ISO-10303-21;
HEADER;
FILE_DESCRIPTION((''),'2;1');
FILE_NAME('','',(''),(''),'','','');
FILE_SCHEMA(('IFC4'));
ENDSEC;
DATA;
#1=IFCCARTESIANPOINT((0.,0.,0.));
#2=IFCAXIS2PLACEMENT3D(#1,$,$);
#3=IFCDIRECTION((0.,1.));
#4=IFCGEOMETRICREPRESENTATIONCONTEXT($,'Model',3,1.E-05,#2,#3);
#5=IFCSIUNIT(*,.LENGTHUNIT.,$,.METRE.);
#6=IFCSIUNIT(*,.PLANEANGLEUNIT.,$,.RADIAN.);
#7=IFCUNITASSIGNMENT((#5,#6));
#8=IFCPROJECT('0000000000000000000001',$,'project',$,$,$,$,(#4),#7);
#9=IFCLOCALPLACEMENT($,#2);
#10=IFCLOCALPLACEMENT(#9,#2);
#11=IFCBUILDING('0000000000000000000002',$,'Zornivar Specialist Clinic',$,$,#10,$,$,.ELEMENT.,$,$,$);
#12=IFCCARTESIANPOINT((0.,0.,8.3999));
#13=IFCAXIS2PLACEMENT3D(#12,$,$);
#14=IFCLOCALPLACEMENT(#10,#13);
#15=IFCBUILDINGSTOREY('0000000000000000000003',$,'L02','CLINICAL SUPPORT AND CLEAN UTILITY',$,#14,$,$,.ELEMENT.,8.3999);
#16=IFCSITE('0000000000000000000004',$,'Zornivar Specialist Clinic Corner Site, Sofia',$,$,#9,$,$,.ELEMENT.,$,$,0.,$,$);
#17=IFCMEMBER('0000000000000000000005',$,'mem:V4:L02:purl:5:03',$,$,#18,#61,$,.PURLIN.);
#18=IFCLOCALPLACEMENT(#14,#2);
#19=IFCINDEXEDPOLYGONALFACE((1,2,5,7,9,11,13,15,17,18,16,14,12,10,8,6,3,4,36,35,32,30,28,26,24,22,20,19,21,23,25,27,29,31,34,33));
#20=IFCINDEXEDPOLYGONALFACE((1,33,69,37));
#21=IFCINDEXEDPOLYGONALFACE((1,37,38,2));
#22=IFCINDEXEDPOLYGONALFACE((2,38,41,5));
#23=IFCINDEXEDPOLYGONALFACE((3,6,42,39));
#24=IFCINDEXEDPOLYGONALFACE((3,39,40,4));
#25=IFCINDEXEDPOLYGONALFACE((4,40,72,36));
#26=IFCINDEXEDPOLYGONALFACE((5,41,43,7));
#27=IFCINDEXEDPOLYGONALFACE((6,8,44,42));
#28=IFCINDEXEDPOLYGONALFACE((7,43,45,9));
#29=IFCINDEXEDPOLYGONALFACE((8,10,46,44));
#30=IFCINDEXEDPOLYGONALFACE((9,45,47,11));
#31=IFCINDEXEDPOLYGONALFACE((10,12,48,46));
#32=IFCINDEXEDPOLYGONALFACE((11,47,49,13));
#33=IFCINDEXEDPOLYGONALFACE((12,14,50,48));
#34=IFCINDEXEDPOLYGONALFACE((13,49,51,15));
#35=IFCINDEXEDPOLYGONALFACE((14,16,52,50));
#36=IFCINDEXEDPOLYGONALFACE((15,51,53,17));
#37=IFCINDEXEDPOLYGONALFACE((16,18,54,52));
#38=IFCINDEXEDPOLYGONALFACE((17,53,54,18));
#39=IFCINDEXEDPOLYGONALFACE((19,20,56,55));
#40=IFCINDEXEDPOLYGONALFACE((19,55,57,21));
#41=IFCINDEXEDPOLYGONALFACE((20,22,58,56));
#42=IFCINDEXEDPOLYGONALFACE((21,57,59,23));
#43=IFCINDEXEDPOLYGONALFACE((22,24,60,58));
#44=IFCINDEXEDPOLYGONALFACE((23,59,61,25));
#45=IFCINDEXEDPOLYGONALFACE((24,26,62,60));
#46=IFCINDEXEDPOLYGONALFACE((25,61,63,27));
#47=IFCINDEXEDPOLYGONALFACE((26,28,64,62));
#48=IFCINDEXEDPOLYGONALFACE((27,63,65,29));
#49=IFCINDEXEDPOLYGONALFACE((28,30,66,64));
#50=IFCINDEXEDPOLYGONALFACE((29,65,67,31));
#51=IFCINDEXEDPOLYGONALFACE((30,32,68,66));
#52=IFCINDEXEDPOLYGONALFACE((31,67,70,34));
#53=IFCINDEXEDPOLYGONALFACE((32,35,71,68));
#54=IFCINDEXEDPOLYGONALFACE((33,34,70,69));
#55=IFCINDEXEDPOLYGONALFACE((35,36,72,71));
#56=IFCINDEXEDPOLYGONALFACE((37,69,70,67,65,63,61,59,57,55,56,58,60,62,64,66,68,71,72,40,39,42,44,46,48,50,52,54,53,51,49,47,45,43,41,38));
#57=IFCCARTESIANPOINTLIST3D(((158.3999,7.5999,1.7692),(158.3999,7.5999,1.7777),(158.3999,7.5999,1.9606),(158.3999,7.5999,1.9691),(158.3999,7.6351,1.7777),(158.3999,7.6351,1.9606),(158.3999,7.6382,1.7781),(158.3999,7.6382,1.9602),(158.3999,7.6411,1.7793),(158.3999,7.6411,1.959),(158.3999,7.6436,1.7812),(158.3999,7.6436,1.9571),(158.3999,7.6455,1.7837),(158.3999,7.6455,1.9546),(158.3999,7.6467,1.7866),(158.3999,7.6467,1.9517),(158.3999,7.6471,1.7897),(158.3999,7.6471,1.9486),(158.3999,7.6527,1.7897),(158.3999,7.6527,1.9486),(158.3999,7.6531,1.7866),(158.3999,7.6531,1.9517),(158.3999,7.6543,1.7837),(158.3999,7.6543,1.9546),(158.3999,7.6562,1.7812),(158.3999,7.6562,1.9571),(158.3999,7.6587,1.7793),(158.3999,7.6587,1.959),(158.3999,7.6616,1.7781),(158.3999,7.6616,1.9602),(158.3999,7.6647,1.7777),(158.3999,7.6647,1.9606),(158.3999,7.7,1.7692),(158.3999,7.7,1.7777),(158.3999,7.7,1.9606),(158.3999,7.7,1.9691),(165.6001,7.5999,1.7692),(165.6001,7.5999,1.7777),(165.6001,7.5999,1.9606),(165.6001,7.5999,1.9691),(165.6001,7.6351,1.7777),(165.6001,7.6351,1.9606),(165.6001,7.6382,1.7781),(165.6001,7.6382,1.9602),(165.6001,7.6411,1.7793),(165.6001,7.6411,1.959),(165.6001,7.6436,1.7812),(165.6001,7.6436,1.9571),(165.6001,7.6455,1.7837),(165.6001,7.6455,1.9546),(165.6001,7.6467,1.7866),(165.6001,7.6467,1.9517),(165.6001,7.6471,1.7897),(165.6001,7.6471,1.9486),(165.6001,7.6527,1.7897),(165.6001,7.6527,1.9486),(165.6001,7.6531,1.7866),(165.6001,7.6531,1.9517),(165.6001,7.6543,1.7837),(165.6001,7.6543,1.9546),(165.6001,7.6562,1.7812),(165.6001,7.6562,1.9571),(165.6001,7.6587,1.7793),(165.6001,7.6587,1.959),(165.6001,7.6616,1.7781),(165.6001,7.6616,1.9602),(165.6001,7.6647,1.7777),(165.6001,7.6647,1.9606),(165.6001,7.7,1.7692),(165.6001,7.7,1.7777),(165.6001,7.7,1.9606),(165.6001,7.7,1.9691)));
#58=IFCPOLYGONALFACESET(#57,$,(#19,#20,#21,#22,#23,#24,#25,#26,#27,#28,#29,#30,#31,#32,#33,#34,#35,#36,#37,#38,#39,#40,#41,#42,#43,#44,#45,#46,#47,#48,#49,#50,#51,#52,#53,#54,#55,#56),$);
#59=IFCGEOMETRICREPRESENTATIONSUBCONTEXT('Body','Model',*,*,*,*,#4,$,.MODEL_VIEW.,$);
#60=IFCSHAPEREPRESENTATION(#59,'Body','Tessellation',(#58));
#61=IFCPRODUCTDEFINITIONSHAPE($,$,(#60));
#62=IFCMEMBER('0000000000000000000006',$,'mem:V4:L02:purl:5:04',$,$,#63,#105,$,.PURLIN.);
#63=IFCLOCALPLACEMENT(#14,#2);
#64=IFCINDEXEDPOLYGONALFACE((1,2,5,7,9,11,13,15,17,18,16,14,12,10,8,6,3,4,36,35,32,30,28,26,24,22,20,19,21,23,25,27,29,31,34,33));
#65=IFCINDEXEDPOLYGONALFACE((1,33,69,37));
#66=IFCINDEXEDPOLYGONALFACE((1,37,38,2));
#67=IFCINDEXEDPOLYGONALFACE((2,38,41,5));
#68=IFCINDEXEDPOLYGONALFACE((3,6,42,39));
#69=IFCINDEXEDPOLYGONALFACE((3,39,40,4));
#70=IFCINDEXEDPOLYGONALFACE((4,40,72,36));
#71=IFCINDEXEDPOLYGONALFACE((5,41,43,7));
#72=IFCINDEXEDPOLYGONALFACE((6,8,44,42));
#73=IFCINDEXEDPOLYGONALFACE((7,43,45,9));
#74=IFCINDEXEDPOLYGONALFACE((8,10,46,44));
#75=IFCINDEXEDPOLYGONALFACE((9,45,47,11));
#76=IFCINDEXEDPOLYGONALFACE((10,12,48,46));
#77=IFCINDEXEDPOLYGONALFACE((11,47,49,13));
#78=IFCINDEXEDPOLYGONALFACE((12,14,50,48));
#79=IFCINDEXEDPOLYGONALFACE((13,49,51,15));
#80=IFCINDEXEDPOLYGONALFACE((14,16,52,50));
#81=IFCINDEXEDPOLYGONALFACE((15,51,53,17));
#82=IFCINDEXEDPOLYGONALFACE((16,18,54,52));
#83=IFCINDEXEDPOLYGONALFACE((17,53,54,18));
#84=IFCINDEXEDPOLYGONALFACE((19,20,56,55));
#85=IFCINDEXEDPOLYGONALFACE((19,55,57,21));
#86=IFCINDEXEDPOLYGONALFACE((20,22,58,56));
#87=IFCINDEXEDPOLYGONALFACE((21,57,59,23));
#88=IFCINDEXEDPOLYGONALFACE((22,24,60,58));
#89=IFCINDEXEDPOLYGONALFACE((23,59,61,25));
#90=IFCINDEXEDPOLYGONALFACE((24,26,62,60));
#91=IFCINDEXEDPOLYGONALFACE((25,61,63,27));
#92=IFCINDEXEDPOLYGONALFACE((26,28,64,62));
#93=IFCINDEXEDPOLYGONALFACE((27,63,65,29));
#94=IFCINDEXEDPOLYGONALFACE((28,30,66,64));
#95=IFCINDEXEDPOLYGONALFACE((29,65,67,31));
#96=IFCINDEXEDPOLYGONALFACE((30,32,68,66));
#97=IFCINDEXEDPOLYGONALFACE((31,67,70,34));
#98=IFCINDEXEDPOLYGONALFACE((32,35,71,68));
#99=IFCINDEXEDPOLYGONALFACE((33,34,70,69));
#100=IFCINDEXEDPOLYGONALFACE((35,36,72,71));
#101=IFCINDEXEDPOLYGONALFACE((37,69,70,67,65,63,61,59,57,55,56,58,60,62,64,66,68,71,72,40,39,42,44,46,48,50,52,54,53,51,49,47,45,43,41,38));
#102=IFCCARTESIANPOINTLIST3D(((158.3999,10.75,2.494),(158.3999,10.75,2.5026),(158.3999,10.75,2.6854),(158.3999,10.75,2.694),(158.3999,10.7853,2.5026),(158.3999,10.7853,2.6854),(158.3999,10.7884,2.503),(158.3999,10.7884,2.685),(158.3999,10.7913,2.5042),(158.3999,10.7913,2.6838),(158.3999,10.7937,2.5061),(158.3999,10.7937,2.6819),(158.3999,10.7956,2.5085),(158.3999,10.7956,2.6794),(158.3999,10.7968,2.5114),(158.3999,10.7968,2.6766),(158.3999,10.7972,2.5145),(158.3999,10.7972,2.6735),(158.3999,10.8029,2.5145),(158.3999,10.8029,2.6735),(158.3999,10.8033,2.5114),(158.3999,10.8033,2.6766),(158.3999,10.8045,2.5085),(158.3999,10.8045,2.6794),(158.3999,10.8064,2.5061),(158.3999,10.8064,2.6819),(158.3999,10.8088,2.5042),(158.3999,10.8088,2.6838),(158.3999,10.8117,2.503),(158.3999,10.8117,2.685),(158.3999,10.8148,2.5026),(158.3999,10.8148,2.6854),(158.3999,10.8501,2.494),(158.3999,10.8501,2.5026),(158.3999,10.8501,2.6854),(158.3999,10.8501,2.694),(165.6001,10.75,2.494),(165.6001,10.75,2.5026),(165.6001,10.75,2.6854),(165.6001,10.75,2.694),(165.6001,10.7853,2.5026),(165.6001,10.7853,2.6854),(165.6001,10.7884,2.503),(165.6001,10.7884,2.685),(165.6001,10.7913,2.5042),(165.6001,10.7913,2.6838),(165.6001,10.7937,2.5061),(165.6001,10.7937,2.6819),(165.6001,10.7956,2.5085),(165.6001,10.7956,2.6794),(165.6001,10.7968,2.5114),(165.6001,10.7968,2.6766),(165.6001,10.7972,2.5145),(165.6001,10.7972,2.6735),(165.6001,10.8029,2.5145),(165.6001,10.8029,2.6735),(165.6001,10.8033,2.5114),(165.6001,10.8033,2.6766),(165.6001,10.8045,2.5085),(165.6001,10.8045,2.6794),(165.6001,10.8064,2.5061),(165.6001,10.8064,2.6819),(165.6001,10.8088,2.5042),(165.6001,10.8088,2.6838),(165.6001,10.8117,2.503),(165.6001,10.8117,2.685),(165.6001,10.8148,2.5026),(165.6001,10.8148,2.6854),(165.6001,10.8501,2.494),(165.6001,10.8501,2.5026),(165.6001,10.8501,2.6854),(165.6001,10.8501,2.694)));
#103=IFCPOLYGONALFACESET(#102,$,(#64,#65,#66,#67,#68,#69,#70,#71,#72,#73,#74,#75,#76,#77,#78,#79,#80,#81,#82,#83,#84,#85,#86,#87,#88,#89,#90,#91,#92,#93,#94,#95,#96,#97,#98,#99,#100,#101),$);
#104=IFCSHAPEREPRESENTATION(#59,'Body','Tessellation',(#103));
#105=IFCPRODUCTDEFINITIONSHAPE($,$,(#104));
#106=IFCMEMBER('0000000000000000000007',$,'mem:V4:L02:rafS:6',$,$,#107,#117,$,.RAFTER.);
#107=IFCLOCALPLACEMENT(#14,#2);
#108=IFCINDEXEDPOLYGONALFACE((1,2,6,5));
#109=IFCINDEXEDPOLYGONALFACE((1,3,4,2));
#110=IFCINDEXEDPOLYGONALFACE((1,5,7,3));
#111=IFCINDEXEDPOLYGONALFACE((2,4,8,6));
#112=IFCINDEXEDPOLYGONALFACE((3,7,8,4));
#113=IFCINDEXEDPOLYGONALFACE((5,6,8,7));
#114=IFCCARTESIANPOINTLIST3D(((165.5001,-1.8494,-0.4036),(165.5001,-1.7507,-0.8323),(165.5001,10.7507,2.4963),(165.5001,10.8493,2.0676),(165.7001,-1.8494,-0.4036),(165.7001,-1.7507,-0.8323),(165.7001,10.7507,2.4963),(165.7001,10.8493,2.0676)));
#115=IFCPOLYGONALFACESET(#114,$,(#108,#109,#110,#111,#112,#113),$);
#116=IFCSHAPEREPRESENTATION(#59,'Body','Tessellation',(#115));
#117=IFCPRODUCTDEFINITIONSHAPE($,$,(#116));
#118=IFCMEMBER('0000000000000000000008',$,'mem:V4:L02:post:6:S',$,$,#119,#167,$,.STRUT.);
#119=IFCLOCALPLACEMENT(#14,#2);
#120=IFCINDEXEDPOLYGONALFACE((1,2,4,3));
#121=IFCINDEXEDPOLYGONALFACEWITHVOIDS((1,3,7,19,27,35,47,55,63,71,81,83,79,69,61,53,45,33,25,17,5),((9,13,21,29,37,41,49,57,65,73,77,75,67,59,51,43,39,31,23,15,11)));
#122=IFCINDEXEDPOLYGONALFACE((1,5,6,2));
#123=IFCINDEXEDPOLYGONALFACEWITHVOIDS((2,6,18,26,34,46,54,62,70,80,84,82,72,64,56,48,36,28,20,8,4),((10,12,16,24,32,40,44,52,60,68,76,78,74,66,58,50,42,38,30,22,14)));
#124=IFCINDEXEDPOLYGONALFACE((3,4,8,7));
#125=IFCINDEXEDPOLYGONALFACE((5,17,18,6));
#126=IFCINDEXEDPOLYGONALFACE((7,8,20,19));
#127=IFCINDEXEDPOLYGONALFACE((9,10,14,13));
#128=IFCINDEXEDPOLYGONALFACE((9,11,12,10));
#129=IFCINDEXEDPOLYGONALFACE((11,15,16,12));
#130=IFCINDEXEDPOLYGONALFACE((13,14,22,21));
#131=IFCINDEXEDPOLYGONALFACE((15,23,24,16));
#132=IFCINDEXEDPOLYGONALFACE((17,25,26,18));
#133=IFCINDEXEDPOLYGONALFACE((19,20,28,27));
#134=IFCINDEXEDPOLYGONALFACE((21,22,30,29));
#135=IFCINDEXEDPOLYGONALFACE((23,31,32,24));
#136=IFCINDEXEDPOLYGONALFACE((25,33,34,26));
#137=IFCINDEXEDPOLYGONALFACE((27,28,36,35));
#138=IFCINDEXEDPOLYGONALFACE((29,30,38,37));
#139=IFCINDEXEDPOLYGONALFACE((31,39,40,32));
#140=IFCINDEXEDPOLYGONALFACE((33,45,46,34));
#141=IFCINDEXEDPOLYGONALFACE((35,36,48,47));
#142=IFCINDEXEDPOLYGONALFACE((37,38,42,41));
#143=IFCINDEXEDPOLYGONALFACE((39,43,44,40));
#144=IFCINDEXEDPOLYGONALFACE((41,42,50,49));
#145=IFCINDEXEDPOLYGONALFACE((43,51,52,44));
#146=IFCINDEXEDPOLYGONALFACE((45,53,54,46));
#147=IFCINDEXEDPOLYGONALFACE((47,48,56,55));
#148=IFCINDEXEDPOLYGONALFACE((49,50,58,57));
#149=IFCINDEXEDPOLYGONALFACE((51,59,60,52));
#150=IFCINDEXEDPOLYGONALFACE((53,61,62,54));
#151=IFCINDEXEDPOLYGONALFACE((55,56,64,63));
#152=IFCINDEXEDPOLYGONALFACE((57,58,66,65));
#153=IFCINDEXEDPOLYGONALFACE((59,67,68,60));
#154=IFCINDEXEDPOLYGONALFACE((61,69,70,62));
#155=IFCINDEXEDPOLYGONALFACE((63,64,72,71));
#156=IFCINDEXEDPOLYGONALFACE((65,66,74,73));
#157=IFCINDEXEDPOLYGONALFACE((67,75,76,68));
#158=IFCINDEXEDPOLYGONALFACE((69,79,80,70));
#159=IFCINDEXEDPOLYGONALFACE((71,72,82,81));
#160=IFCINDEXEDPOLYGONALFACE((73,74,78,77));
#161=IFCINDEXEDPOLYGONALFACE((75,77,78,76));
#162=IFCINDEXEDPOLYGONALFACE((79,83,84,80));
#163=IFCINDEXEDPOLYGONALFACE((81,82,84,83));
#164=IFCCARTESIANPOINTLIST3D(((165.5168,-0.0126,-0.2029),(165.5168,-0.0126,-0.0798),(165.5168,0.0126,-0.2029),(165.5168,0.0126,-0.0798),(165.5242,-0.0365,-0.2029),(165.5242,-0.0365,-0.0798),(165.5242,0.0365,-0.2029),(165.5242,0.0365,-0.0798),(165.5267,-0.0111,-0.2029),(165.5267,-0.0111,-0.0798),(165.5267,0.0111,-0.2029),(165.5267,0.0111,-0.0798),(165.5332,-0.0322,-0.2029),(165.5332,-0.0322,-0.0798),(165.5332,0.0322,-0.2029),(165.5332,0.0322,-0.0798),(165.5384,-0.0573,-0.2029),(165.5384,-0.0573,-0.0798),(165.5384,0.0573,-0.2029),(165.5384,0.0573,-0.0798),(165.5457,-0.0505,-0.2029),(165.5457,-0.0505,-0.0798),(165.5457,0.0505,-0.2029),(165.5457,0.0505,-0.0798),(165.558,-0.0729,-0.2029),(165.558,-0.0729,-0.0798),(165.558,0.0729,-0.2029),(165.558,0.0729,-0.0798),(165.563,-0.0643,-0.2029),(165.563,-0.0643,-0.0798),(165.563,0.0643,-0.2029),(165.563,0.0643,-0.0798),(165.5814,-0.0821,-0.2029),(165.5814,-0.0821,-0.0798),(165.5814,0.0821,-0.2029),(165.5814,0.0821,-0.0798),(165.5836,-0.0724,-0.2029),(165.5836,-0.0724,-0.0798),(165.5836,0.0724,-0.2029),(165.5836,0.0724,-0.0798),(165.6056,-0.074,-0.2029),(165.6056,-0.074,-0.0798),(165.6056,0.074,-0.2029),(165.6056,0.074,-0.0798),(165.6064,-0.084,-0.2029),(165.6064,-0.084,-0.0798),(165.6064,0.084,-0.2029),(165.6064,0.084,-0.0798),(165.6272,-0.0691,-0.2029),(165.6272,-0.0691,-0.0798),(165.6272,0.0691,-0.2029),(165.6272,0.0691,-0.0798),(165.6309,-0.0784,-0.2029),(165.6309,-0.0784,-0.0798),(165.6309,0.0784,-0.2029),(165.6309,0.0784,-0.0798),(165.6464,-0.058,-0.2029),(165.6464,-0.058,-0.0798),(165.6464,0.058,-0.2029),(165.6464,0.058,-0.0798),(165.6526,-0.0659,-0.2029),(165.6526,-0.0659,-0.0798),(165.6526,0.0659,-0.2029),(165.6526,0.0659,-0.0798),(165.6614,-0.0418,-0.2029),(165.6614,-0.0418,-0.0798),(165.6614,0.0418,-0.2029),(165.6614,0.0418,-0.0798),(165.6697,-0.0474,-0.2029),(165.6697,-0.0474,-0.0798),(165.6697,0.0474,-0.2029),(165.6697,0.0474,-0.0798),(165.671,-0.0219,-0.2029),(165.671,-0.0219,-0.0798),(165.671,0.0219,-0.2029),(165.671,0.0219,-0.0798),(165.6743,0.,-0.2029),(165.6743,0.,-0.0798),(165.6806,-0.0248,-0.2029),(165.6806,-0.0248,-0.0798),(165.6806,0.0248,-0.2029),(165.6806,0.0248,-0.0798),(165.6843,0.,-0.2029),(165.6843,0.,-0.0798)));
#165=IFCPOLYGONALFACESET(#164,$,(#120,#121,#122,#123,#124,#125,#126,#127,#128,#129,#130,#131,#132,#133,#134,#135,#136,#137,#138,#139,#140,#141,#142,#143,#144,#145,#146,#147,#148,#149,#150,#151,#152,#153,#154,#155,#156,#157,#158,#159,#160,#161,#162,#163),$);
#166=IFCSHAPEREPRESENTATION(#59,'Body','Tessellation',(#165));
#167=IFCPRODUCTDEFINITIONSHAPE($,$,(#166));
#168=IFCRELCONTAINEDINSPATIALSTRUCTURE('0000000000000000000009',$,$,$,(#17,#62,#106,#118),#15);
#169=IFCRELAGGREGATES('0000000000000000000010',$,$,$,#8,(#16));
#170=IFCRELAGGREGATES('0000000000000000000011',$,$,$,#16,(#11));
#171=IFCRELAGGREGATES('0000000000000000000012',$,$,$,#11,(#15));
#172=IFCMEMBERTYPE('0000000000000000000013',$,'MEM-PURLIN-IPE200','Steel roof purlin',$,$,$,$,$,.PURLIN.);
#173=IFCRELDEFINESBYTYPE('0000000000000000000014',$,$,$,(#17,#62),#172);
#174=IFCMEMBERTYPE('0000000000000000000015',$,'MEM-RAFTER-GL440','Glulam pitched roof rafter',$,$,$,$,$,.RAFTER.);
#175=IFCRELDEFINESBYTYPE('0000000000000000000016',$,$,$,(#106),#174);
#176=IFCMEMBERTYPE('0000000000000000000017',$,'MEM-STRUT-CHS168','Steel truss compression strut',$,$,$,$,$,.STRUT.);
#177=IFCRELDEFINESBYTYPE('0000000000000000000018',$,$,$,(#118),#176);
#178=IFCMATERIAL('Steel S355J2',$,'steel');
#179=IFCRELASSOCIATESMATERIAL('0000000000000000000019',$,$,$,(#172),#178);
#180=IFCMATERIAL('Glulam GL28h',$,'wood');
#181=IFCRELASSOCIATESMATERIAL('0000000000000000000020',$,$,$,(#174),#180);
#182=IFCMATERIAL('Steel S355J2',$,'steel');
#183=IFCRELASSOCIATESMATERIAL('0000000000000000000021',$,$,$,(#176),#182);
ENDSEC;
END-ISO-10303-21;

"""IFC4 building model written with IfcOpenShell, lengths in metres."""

from ifc_helpers import new_model, si_unit, direction, frame, origin, origin_2d, place, context, subcontext, project, spatial, rectangle, hollow_circle, i_section, extrude, material, material_profile, profile_set, type_object, element, save


model = new_model("IFC4")

# Units and contexts
model_context = context("Model", 3, precision=1e-05, world=origin(), true_north=direction((0.0, 1.0)))
body_context = subcontext(model_context, "Body", "Model", "MODEL_VIEW")
ifc_project = project(units=[si_unit("LENGTHUNIT", "METRE"), si_unit("PLANEANGLEUNIT", "RADIAN")], contexts=[model_context])

# Site, building, storey
site_placement = place(None, origin())
site = spatial("IfcSite", under=ifc_project, at=site_placement, Name="Zornivar Specialist Clinic Corner Site, Sofia", CompositionType="ELEMENT", RefElevation=0.0)
building_placement = place(site_placement, origin())
building = spatial("IfcBuilding", under=site, at=building_placement, Name="Zornivar Specialist Clinic", CompositionType="ELEMENT")
storey_placement = place(building_placement, frame((0.0, 0.0, 8.3999)))
storey = spatial("IfcBuildingStorey", under=building, at=storey_placement, Name="L02", Description="CLINICAL SUPPORT AND CLEAN UTILITY", CompositionType="ELEMENT", Elevation=8.3999)

# Members
ifc_material_1 = material(Name="Steel S355J2", Category="steel")
ifc_material_profile_1 = material_profile(ifc_material_1, i_section(OverallWidth=0.1001, OverallDepth=0.2, WebThickness=0.0056, FlangeThickness=0.0085, FilletRadius=0.012, at=origin_2d()), Name="IPE 200")
ifc_profile_set_1 = profile_set([ifc_material_profile_1], Name="Steel S355J2")
member_type_1 = type_object("IfcMemberType", Name="MEM-PURLIN-IPE200", Description="Steel roof purlin", PredefinedType="PURLIN", material=ifc_profile_set_1)
for number, where, z_axis, x_axis, name in (
    (1, (158.3999, 7.6499, 1.8691), (1.0, 0.0, 0.0), (0.0, 1.0, 0.0), "mem:V4:L02:purl:5:03"),
    (2, (158.3999, 10.8, 2.594), (1.0, 0.0, 0.0), (0.0, 1.0, 0.0), "mem:V4:L02:purl:5:04"),
):
    element("IfcMember", number, at=place(storey_placement, frame(where, z_axis=z_axis, x_axis=x_axis)), inside=storey, type_object=member_type_1, Name=name, PredefinedType="PURLIN", context=body_context, shape_type="SweptSolid", body=[
        extrude(i_section(OverallWidth=0.1001, OverallDepth=0.2, WebThickness=0.0056, FlangeThickness=0.0085, FilletRadius=0.012, at=origin_2d()), origin(), (0.0, 0.0, 1.0), 7.2002),
    ])
ifc_material_2 = material(Name="Glulam GL28h", Category="wood")
ifc_material_profile_2 = material_profile(ifc_material_2, rectangle(XDim=0.2, YDim=0.4399, at=origin_2d()), Name="GL28h 200x440")
ifc_profile_set_2 = profile_set([ifc_material_profile_2], Name="Glulam GL28h")
member_type_2 = type_object("IfcMemberType", Name="MEM-RAFTER-GL440", Description="Glulam pitched roof rafter", PredefinedType="RAFTER", material=ifc_profile_set_2)
member_1_placement = place(storey_placement, frame((165.6001, -1.8, -0.6179), z_axis=(0.0, 0.974523, 0.224286), x_axis=(-1.0, 0.0, 0.0)))
element("IfcMember", 3, at=member_1_placement, inside=storey, type_object=member_type_2, Name="mem:V4:L02:rafS:6", PredefinedType="RAFTER", context=body_context, shape_type="SweptSolid", body=[
    extrude(rectangle(XDim=0.2, YDim=0.4399, at=origin_2d()), origin(), (0.0, 0.0, 1.0), 12.9294),
])
ifc_material_3 = material(Name="Steel S355J2", Category="steel")
ifc_material_profile_3 = material_profile(ifc_material_3, hollow_circle(Radius=0.0842, WallThickness=0.01, at=origin_2d()), Name="CHS 168.3x10")
ifc_profile_set_3 = profile_set([ifc_material_profile_3], Name="Steel S355J2")
member_type_3 = type_object("IfcMemberType", Name="MEM-STRUT-CHS168", Description="Steel truss compression strut", PredefinedType="STRUT", material=ifc_profile_set_3)
member_2_placement = place(storey_placement, frame((165.6001, 0.0, -0.0798), z_axis=(0.0, 0.0, -1.0), x_axis=(1.0, 0.0, 0.0)))
element("IfcMember", 4, at=member_2_placement, inside=storey, type_object=member_type_3, Name="mem:V4:L02:post:6:S", PredefinedType="STRUT", context=body_context, shape_type="SweptSolid", body=[
    extrude(hollow_circle(Radius=0.0842, WallThickness=0.01, at=origin_2d()), origin(), (0.0, 0.0, 1.0), 0.123),
])

save(model, "model.ifc")
